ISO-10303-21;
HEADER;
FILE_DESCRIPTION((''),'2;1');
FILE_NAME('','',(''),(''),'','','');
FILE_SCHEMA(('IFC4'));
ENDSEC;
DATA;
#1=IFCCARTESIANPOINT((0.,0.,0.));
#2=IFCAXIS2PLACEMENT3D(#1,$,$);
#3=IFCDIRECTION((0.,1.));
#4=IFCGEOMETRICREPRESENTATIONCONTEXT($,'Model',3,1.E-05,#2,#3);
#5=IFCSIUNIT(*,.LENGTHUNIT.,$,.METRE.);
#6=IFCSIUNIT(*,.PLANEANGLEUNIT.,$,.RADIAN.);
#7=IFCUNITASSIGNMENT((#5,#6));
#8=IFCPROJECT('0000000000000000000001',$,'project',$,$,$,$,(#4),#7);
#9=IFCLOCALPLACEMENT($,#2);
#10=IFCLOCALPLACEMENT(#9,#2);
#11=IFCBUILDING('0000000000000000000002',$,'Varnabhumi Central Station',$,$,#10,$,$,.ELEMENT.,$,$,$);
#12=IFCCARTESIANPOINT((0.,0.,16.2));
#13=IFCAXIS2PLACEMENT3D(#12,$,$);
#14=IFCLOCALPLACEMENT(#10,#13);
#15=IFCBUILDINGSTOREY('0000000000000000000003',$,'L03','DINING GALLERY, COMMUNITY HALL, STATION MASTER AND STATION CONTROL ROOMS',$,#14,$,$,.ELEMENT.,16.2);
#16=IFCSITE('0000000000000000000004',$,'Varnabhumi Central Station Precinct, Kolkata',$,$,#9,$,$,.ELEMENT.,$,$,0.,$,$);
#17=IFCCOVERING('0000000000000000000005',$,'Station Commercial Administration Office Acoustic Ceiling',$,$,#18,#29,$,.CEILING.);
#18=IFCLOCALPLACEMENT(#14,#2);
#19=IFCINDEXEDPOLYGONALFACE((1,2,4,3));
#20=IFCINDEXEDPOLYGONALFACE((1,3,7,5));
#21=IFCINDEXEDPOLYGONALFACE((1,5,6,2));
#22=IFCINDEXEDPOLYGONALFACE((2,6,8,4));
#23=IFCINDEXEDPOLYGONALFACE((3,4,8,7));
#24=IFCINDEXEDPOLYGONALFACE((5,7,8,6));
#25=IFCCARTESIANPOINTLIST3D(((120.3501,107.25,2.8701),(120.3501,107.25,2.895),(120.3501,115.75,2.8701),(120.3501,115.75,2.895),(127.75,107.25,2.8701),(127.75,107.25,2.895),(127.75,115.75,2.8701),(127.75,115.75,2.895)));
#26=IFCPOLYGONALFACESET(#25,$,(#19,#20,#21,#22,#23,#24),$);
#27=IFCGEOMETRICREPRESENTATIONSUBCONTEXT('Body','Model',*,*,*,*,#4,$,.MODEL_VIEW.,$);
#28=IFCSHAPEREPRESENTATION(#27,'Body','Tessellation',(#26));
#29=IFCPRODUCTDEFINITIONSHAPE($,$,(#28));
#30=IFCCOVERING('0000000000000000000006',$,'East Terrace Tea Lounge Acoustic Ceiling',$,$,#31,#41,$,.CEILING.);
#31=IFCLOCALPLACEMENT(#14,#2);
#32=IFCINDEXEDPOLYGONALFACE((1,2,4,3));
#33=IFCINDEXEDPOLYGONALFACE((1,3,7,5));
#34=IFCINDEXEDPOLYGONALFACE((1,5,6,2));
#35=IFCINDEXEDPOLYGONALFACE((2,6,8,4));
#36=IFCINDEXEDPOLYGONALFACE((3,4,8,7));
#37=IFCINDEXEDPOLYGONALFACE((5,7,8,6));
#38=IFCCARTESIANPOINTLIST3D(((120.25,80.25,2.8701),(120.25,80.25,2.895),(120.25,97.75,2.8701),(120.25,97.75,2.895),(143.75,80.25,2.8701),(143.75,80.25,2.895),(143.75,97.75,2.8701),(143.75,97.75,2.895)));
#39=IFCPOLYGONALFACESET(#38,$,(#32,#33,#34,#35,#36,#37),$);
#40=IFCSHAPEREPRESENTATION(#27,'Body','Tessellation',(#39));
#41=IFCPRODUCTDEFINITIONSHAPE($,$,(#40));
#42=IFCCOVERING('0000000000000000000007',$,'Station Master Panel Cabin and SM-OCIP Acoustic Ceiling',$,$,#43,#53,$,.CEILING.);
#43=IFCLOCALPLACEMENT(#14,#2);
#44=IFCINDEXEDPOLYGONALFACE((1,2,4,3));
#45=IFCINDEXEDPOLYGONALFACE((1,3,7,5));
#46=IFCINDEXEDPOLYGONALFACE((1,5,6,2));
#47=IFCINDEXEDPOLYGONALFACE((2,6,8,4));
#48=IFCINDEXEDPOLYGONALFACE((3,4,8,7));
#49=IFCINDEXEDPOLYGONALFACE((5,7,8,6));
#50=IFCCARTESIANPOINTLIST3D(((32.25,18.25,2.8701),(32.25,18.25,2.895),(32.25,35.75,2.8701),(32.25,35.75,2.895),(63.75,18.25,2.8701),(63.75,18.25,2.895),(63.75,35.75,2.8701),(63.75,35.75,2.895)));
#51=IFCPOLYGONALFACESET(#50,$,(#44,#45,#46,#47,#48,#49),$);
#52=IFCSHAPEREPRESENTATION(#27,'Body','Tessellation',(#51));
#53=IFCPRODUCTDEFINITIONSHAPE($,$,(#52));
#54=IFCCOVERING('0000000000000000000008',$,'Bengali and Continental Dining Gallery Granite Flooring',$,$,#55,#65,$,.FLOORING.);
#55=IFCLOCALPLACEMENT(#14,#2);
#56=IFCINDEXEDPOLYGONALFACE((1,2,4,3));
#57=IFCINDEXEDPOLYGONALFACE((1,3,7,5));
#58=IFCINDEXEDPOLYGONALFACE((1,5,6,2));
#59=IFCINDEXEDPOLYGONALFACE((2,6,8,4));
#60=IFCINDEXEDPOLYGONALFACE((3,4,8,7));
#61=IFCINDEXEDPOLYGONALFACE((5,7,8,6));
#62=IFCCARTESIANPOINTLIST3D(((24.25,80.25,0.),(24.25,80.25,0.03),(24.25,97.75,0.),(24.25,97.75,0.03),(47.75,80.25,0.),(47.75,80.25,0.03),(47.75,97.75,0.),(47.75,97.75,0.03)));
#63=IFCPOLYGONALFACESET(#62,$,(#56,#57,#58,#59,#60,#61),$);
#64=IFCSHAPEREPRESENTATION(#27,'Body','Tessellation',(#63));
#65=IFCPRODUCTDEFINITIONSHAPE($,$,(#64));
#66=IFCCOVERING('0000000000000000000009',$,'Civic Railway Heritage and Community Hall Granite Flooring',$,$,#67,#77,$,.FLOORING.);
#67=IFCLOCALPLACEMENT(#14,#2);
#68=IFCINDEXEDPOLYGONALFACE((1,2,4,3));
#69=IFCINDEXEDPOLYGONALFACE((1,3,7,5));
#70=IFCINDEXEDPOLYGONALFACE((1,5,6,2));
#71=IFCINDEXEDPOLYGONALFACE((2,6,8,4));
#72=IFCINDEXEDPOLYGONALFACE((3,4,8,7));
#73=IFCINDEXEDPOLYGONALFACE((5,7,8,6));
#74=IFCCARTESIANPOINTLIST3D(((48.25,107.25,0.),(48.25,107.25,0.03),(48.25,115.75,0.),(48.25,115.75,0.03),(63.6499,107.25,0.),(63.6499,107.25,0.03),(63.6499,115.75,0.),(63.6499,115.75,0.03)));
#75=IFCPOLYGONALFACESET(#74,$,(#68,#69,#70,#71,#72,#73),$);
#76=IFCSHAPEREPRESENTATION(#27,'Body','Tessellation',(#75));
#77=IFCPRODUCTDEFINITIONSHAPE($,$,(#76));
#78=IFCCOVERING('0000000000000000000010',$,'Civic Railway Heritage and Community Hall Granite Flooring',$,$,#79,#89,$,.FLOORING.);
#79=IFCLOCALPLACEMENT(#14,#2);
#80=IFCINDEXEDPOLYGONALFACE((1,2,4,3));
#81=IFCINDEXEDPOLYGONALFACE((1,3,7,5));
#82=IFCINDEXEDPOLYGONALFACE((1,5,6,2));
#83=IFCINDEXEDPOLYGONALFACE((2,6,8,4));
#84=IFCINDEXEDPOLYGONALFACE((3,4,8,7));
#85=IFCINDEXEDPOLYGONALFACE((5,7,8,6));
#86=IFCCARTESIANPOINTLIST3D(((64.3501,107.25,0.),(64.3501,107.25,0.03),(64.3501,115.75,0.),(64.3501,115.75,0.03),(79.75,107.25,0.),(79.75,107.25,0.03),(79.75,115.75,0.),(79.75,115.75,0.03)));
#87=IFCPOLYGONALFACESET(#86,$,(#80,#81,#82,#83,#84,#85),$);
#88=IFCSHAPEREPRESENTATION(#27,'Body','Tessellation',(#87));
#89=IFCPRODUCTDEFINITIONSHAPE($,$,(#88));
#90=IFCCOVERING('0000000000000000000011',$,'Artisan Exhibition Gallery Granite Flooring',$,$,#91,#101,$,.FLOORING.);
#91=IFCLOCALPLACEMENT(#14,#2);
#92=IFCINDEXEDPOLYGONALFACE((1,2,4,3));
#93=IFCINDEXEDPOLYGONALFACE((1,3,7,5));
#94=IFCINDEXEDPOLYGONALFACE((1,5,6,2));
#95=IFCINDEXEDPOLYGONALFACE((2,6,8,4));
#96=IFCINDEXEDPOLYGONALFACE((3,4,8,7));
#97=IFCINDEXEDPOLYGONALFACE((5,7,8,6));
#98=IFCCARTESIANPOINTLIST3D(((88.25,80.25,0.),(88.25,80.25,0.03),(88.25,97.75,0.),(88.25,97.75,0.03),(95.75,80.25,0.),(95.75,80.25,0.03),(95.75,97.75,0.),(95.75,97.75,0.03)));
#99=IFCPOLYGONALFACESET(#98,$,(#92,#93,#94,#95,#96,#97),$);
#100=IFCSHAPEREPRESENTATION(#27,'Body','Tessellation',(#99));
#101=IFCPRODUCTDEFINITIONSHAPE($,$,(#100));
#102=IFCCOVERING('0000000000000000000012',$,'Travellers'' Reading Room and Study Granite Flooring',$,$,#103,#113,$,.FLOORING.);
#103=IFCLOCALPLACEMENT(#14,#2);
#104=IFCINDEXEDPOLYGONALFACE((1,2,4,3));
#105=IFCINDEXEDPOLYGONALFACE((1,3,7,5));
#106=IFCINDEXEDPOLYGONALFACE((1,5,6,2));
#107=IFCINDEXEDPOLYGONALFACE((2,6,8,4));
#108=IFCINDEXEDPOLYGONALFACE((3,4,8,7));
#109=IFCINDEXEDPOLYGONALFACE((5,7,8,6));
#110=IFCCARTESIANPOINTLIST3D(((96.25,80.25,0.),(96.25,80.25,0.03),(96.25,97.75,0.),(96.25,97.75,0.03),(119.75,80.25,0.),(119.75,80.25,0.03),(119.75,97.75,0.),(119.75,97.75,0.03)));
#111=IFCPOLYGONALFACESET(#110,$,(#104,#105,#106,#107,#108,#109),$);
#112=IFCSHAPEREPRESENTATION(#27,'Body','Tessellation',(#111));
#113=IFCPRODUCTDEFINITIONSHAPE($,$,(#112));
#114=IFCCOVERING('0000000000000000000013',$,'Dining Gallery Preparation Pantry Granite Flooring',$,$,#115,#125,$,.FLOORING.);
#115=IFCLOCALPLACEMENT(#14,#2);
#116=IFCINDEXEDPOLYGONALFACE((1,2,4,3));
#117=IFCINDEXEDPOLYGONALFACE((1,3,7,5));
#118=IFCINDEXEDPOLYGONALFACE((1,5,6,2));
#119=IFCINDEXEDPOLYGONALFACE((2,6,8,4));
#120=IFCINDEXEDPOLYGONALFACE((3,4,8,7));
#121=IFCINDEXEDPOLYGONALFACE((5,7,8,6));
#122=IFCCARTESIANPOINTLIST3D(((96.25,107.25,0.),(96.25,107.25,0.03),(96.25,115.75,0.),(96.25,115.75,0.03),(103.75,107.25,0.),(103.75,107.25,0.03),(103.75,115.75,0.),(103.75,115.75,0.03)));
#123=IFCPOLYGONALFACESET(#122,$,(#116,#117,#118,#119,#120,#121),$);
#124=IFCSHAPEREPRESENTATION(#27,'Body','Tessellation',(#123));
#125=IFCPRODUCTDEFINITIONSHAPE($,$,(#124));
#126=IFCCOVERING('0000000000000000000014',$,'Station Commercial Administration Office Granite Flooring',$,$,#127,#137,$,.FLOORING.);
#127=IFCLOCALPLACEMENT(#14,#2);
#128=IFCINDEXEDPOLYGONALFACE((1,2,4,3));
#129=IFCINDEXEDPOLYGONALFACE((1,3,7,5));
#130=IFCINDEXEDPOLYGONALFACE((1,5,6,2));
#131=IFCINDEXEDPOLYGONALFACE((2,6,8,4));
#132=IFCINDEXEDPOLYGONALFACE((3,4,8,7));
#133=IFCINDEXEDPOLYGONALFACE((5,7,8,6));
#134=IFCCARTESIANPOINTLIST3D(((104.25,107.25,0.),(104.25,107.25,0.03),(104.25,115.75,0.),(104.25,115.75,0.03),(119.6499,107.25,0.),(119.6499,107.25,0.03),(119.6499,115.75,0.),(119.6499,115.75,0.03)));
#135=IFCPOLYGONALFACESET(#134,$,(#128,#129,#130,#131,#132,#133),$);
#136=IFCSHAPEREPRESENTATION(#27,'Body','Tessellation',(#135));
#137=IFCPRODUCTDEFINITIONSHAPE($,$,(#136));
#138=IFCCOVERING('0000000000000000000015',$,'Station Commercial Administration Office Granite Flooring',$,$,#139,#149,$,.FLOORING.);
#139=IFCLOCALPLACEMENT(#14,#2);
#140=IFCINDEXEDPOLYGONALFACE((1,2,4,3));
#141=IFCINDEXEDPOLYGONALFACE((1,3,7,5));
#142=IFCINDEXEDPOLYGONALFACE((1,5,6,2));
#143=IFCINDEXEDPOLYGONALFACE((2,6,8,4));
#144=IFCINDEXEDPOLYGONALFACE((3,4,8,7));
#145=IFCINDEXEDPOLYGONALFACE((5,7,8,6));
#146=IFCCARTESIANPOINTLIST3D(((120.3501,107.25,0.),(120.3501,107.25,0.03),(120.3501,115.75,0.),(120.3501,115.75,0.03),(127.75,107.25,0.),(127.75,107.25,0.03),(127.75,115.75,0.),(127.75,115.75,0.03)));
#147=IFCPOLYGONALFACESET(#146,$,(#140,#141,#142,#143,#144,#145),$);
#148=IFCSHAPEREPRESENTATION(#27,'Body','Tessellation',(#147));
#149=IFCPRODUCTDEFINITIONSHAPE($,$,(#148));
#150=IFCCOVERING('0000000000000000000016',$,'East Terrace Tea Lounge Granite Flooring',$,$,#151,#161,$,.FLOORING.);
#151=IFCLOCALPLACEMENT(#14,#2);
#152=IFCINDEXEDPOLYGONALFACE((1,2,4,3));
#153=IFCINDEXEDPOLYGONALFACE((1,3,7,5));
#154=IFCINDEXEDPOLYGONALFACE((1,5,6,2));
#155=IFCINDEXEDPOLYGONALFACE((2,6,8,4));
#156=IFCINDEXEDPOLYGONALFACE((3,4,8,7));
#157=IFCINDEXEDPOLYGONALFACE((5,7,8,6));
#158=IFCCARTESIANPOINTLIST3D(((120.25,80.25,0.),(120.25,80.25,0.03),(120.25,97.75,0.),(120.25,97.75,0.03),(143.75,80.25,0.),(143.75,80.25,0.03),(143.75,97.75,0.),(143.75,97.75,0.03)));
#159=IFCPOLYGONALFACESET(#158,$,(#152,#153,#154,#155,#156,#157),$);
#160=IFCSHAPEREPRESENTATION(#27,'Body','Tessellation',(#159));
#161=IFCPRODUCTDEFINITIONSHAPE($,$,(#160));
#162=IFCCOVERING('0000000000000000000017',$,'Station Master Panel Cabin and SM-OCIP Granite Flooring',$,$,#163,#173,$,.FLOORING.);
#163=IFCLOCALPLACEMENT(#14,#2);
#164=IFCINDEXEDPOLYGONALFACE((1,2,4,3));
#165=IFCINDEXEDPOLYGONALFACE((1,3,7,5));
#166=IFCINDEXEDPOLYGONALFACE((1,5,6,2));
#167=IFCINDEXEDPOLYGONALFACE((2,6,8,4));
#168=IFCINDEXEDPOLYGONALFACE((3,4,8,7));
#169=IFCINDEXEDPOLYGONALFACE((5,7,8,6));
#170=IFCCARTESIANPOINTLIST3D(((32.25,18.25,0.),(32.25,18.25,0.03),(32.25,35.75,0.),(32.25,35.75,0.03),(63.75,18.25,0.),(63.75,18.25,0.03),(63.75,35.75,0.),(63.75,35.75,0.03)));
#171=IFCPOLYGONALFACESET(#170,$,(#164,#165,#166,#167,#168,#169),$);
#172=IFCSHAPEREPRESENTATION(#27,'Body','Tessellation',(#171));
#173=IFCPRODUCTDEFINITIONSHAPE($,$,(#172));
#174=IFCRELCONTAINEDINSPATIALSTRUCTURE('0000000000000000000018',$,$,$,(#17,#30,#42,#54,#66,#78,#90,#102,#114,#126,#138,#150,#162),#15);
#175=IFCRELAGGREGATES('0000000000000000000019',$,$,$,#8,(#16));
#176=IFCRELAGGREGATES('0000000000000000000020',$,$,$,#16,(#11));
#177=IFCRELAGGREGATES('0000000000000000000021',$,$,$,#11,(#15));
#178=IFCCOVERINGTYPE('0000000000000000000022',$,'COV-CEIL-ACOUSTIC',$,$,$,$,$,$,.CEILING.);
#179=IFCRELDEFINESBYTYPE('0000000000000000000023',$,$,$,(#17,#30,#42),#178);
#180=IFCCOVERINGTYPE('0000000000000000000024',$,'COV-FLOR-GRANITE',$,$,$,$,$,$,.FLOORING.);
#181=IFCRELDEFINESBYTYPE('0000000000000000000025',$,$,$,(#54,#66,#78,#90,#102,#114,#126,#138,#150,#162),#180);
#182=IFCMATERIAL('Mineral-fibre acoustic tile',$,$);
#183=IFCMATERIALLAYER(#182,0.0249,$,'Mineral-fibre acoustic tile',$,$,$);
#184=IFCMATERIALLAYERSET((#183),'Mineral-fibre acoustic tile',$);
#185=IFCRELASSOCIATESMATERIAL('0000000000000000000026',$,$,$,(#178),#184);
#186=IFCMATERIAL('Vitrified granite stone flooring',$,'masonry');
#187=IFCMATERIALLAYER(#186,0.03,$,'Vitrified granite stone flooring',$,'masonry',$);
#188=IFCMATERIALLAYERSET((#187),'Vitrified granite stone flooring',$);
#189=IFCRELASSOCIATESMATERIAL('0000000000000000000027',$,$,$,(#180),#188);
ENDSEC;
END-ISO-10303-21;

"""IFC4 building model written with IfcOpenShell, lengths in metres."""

from ifc_helpers import new_model, si_unit, direction, frame, origin, place, context, subcontext, project, spatial, polyline, outline, extrude, material, layer, layer_set, type_object, element, save


model = new_model("IFC4")

# Units and contexts
model_context = context("Model", 3, precision=1e-05, world=origin(), true_north=direction((0.0, 1.0)))
body_context = subcontext(model_context, "Body", "Model", "MODEL_VIEW")
ifc_project = project(units=[si_unit("LENGTHUNIT", "METRE"), si_unit("PLANEANGLEUNIT", "RADIAN")], contexts=[model_context])

# Site, building, storey
site_placement = place(None, origin())
site = spatial("IfcSite", under=ifc_project, at=site_placement, Name="Varnabhumi Central Station Precinct, Kolkata", CompositionType="ELEMENT", RefElevation=0.0)
building_placement = place(site_placement, origin())
building = spatial("IfcBuilding", under=site, at=building_placement, Name="Varnabhumi Central Station", CompositionType="ELEMENT")
storey_placement = place(building_placement, frame((0.0, 0.0, 16.2)))
storey = spatial("IfcBuildingStorey", under=building, at=storey_placement, Name="L03", Description="DINING GALLERY, COMMUNITY HALL, STATION MASTER AND STATION CONTROL ROOMS", CompositionType="ELEMENT", Elevation=16.2)

# Coverings
ifc_material_1 = material(Name="Mineral-fibre acoustic tile")
ifc_layer_1 = layer(ifc_material_1, 0.0249, Name="Mineral-fibre acoustic tile")
ifc_layer_set_1 = layer_set([ifc_layer_1], Name="Mineral-fibre acoustic tile")
covering_type_1 = type_object("IfcCoveringType", Name="COV-CEIL-ACOUSTIC", PredefinedType="CEILING", material=ifc_layer_set_1)
covering_1_placement = place(storey_placement, frame((0.0, 0.0, 2.8701)))
element("IfcCovering", 1, at=covering_1_placement, inside=storey, type_object=covering_type_1, Name="Station Commercial Administration Office Acoustic Ceiling", PredefinedType="CEILING", context=body_context, shape_type="SweptSolid", body=[
    extrude(outline(polyline([(120.3501, 107.25), (127.75, 107.25), (127.75, 115.75), (120.3501, 115.75), (120.3501, 107.25)])), origin(), (0.0, 0.0, 1.0), 0.0249),
])
covering_2_placement = place(storey_placement, frame((0.0, 0.0, 2.8701)))
element("IfcCovering", 2, at=covering_2_placement, inside=storey, type_object=covering_type_1, Name="East Terrace Tea Lounge Acoustic Ceiling", PredefinedType="CEILING", context=body_context, shape_type="SweptSolid", body=[
    extrude(outline(polyline([(120.25, 80.25), (143.75, 80.25), (143.75, 97.75), (120.25, 97.75), (120.25, 80.25)])), origin(), (0.0, 0.0, 1.0), 0.0249),
])
covering_3_placement = place(storey_placement, frame((0.0, 0.0, 2.8701)))
element("IfcCovering", 3, at=covering_3_placement, inside=storey, type_object=covering_type_1, Name="Station Master Panel Cabin and SM-OCIP Acoustic Ceiling", PredefinedType="CEILING", context=body_context, shape_type="SweptSolid", body=[
    extrude(outline(polyline([(32.25, 18.25), (63.75, 18.25), (63.75, 35.75), (32.25, 35.75), (32.25, 18.25)])), origin(), (0.0, 0.0, 1.0), 0.0249),
])
ifc_material_2 = material(Name="Vitrified granite stone flooring", Category="masonry")
ifc_layer_2 = layer(ifc_material_2, 0.03, Name="Vitrified granite stone flooring", Category="masonry")
ifc_layer_set_2 = layer_set([ifc_layer_2], Name="Vitrified granite stone flooring")
covering_type_2 = type_object("IfcCoveringType", Name="COV-FLOR-GRANITE", PredefinedType="FLOORING", material=ifc_layer_set_2)
covering_4_placement = place(storey_placement, origin())
element("IfcCovering", 4, at=covering_4_placement, inside=storey, type_object=covering_type_2, Name="Bengali and Continental Dining Gallery Granite Flooring", PredefinedType="FLOORING", context=body_context, shape_type="SweptSolid", body=[
    extrude(outline(polyline([(24.25, 80.25), (47.75, 80.25), (47.75, 97.75), (24.25, 97.75), (24.25, 80.25)])), origin(), (0.0, 0.0, 1.0), 0.03),
])
covering_5_placement = place(storey_placement, origin())
element("IfcCovering", 5, at=covering_5_placement, inside=storey, type_object=covering_type_2, Name="Civic Railway Heritage and Community Hall Granite Flooring", PredefinedType="FLOORING", context=body_context, shape_type="SweptSolid", body=[
    extrude(outline(polyline([(48.25, 107.25), (63.6499, 107.25), (63.6499, 115.75), (48.25, 115.75), (48.25, 107.25)])), origin(), (0.0, 0.0, 1.0), 0.03),
])
covering_6_placement = place(storey_placement, origin())
element("IfcCovering", 6, at=covering_6_placement, inside=storey, type_object=covering_type_2, Name="Civic Railway Heritage and Community Hall Granite Flooring", PredefinedType="FLOORING", context=body_context, shape_type="SweptSolid", body=[
    extrude(outline(polyline([(64.3501, 107.25), (79.75, 107.25), (79.75, 115.75), (64.3501, 115.75), (64.3501, 107.25)])), origin(), (0.0, 0.0, 1.0), 0.03),
])
covering_7_placement = place(storey_placement, origin())
element("IfcCovering", 7, at=covering_7_placement, inside=storey, type_object=covering_type_2, Name="Artisan Exhibition Gallery Granite Flooring", PredefinedType="FLOORING", context=body_context, shape_type="SweptSolid", body=[
    extrude(outline(polyline([(88.25, 80.25), (95.75, 80.25), (95.75, 97.75), (88.25, 97.75), (88.25, 80.25)])), origin(), (0.0, 0.0, 1.0), 0.03),
])
covering_8_placement = place(storey_placement, origin())
element("IfcCovering", 8, at=covering_8_placement, inside=storey, type_object=covering_type_2, Name="Travellers' Reading Room and Study Granite Flooring", PredefinedType="FLOORING", context=body_context, shape_type="SweptSolid", body=[
    extrude(outline(polyline([(96.25, 80.25), (119.75, 80.25), (119.75, 97.75), (96.25, 97.75), (96.25, 80.25)])), origin(), (0.0, 0.0, 1.0), 0.03),
])
covering_9_placement = place(storey_placement, origin())
element("IfcCovering", 9, at=covering_9_placement, inside=storey, type_object=covering_type_2, Name="Dining Gallery Preparation Pantry Granite Flooring", PredefinedType="FLOORING", context=body_context, shape_type="SweptSolid", body=[
    extrude(outline(polyline([(96.25, 107.25), (103.75, 107.25), (103.75, 115.75), (96.25, 115.75), (96.25, 107.25)])), origin(), (0.0, 0.0, 1.0), 0.03),
])
covering_10_placement = place(storey_placement, origin())
element("IfcCovering", 10, at=covering_10_placement, inside=storey, type_object=covering_type_2, Name="Station Commercial Administration Office Granite Flooring", PredefinedType="FLOORING", context=body_context, shape_type="SweptSolid", body=[
    extrude(outline(polyline([(104.25, 107.25), (119.6499, 107.25), (119.6499, 115.75), (104.25, 115.75), (104.25, 107.25)])), origin(), (0.0, 0.0, 1.0), 0.03),
])
covering_11_placement = place(storey_placement, origin())
element("IfcCovering", 11, at=covering_11_placement, inside=storey, type_object=covering_type_2, Name="Station Commercial Administration Office Granite Flooring", PredefinedType="FLOORING", context=body_context, shape_type="SweptSolid", body=[
    extrude(outline(polyline([(120.3501, 107.25), (127.75, 107.25), (127.75, 115.75), (120.3501, 115.75), (120.3501, 107.25)])), origin(), (0.0, 0.0, 1.0), 0.03),
])
covering_12_placement = place(storey_placement, origin())
element("IfcCovering", 12, at=covering_12_placement, inside=storey, type_object=covering_type_2, Name="East Terrace Tea Lounge Granite Flooring", PredefinedType="FLOORING", context=body_context, shape_type="SweptSolid", body=[
    extrude(outline(polyline([(120.25, 80.25), (143.75, 80.25), (143.75, 97.75), (120.25, 97.75), (120.25, 80.25)])), origin(), (0.0, 0.0, 1.0), 0.03),
])
covering_13_placement = place(storey_placement, origin())
element("IfcCovering", 13, at=covering_13_placement, inside=storey, type_object=covering_type_2, Name="Station Master Panel Cabin and SM-OCIP Granite Flooring", PredefinedType="FLOORING", context=body_context, shape_type="SweptSolid", body=[
    extrude(outline(polyline([(32.25, 18.25), (63.75, 18.25), (63.75, 35.75), (32.25, 35.75), (32.25, 18.25)])), origin(), (0.0, 0.0, 1.0), 0.03),
])

save(model, "model.ifc")
